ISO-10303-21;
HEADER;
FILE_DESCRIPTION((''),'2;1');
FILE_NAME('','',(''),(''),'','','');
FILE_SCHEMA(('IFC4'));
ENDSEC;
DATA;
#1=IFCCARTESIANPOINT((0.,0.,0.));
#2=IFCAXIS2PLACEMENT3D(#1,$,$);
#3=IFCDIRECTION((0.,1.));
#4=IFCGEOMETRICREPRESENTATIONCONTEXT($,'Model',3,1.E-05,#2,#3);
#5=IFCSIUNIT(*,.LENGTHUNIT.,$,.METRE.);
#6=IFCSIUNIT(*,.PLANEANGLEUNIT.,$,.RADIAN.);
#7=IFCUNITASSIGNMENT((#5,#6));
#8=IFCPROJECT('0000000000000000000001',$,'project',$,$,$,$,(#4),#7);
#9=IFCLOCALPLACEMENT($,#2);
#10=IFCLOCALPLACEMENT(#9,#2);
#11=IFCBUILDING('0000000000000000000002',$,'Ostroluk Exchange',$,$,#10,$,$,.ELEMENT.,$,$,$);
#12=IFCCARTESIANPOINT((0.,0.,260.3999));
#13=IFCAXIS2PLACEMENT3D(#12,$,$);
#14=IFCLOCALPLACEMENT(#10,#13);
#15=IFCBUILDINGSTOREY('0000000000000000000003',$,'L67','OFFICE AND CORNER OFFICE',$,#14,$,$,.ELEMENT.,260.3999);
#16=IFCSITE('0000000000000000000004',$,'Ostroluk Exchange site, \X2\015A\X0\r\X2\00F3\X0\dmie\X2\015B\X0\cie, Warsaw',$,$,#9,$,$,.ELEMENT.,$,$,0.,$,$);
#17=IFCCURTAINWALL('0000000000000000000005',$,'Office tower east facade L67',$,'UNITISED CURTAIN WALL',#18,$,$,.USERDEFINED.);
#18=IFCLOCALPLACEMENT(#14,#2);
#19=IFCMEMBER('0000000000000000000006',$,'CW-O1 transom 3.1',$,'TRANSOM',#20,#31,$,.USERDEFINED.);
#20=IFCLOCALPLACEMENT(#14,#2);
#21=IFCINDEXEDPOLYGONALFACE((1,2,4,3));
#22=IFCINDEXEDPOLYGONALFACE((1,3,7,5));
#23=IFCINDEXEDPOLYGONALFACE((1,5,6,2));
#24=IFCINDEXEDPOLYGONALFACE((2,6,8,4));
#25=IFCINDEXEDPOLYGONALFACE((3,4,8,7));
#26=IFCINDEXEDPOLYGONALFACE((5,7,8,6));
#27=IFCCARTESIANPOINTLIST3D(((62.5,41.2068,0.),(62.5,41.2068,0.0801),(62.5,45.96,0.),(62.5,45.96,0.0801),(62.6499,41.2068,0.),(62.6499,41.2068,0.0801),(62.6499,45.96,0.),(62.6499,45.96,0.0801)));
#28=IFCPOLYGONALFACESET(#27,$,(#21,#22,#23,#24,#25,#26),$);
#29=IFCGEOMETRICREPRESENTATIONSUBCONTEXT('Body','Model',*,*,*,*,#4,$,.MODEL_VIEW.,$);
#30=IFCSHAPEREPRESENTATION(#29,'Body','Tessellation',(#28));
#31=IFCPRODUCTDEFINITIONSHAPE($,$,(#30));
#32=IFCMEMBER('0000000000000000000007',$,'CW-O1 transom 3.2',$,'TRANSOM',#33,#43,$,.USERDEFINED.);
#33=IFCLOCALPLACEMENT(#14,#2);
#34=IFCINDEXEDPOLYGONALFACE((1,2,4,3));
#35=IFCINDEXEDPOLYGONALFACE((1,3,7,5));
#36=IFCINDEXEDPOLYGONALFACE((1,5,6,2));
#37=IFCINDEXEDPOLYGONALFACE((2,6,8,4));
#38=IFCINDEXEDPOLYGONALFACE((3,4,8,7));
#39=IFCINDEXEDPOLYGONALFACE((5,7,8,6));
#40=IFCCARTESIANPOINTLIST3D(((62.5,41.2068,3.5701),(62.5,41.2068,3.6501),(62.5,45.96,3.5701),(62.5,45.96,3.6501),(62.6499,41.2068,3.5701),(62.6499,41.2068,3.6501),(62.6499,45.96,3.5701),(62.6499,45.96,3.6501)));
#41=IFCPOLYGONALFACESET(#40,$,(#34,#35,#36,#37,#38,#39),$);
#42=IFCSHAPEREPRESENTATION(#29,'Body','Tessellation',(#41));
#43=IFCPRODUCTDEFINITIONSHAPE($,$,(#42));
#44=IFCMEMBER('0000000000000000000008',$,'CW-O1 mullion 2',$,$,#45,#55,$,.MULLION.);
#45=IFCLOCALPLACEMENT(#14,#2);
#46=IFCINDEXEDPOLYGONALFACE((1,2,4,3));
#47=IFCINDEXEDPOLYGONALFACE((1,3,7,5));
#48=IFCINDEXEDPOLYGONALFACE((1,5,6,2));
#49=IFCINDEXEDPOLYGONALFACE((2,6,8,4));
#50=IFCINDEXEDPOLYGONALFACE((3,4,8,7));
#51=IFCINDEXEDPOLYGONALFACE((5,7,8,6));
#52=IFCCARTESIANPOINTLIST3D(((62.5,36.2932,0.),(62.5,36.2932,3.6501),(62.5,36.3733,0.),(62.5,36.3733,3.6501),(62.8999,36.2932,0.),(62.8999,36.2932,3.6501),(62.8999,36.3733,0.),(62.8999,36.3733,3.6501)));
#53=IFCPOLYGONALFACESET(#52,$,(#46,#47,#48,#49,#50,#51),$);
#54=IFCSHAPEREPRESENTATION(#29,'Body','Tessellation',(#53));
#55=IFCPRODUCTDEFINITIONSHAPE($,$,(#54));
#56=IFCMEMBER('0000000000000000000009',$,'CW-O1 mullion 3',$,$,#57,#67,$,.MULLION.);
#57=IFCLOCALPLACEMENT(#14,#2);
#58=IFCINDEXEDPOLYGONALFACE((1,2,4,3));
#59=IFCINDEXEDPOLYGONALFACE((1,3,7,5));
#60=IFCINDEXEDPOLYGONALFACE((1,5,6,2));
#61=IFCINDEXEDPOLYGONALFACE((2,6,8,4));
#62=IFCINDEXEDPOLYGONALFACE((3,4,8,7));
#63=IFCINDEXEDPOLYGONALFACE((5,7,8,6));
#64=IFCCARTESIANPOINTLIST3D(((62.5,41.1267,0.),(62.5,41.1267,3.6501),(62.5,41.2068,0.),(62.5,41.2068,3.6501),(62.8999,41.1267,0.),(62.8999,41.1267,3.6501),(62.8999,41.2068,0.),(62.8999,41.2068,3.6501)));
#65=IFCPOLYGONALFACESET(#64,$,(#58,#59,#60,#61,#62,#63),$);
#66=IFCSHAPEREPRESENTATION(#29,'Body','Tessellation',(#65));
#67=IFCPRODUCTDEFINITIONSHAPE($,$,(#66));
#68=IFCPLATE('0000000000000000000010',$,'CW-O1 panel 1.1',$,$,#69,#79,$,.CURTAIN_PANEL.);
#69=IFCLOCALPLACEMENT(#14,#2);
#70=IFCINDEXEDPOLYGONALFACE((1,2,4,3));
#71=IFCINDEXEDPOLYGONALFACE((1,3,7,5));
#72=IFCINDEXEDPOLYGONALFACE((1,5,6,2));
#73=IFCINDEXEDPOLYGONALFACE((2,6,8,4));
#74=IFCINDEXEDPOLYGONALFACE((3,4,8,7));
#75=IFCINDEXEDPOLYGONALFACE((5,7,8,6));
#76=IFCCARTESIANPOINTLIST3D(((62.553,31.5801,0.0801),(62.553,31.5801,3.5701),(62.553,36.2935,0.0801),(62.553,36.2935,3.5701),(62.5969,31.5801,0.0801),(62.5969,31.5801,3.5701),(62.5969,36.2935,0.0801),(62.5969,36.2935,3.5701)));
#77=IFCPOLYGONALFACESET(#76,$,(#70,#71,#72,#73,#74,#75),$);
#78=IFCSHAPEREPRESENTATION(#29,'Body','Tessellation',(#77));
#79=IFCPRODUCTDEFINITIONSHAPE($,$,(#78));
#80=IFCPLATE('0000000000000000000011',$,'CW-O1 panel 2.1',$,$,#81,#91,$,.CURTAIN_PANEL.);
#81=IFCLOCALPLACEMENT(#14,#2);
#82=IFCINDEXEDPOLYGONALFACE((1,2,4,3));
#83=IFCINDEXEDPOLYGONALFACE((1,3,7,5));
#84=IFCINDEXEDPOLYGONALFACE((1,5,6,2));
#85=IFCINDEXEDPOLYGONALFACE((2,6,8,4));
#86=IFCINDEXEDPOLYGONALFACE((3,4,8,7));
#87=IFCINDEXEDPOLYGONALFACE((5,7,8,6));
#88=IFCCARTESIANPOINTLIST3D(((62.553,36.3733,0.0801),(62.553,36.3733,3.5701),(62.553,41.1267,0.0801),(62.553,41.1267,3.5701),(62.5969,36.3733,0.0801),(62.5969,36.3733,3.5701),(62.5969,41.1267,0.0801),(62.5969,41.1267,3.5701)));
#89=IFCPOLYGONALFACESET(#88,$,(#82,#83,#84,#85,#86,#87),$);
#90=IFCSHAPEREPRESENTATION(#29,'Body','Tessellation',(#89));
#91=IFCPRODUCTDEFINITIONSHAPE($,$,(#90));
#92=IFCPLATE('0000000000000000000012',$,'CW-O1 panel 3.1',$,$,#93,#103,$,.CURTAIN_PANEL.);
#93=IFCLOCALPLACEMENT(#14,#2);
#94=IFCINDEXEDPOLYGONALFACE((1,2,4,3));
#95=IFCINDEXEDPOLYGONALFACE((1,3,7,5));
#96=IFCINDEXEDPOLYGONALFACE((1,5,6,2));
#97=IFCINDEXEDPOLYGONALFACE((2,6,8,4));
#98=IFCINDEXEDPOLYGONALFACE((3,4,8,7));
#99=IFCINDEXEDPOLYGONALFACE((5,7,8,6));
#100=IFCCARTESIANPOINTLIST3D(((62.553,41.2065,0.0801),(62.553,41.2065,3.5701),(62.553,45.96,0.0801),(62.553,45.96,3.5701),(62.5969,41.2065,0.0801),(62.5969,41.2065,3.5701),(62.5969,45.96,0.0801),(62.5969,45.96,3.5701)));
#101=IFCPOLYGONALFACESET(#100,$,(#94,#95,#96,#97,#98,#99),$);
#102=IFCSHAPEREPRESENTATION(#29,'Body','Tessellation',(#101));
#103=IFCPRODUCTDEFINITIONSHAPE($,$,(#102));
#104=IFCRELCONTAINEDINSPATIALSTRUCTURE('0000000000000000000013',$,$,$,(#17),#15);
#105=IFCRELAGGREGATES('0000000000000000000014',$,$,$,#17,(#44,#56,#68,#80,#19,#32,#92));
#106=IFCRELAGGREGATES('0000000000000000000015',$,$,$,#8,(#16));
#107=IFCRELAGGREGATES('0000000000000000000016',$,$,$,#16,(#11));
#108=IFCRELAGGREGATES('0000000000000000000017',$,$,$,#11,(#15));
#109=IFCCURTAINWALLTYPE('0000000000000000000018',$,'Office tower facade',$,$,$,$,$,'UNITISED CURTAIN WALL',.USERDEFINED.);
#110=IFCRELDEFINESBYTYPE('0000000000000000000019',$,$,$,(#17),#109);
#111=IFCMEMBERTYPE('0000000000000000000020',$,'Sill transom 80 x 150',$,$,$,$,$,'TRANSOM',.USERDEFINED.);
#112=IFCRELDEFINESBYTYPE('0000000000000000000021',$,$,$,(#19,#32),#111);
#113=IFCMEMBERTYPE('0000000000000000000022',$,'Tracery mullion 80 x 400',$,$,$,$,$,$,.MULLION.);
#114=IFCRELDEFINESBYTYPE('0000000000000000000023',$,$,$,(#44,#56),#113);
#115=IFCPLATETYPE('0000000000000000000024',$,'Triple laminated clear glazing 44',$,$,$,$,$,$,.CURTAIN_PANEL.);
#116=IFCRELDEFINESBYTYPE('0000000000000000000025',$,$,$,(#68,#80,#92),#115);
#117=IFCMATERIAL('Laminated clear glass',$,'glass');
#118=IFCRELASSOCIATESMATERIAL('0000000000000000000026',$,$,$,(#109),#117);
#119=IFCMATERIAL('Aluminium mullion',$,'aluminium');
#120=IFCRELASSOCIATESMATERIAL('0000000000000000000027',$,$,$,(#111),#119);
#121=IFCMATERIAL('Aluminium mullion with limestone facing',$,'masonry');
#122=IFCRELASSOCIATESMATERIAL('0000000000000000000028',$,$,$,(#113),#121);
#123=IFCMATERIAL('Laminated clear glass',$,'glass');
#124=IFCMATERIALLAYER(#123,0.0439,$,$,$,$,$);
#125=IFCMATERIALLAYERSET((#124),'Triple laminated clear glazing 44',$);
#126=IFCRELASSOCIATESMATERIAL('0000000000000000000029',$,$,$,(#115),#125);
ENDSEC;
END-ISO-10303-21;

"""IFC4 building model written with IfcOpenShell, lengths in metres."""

from ifc_helpers import new_model, si_unit, direction, frame, origin, origin_2d, place, context, subcontext, project, spatial, rectangle, extrude, material, layer, layer_set, material_profile, profile_set, type_object, element, aggregate, save


model = new_model("IFC4")

# Units and contexts
model_context = context("Model", 3, precision=1e-05, world=origin(), true_north=direction((0.0, 1.0)))
body_context = subcontext(model_context, "Body", "Model", "MODEL_VIEW")
ifc_project = project(units=[si_unit("LENGTHUNIT", "METRE"), si_unit("PLANEANGLEUNIT", "RADIAN")], contexts=[model_context])

# Site, building, storey
site_placement = place(None, origin())
site = spatial("IfcSite", under=ifc_project, at=site_placement, Name="Ostroluk Exchange site, Śródmieście, Warsaw", CompositionType="ELEMENT", RefElevation=0.0)
building_placement = place(site_placement, origin())
building = spatial("IfcBuilding", under=site, at=building_placement, Name="Ostroluk Exchange", CompositionType="ELEMENT")
storey_placement = place(building_placement, frame((0.0, 0.0, 260.3999)))
storey = spatial("IfcBuildingStorey", under=building, at=storey_placement, Name="L67", Description="OFFICE AND CORNER OFFICE", CompositionType="ELEMENT", Elevation=260.3999)

# Curtain wall, members, plates
ifc_material_1 = material(Name="Laminated clear glass", Category="glass")
curtain_wall_type = type_object("IfcCurtainWallType", Name="Office tower facade", ElementType="UNITISED CURTAIN WALL", PredefinedType="USERDEFINED", material=ifc_material_1)
curtain_wall_placement = place(storey_placement, origin())
curtain_wall = element("IfcCurtainWall", 1, at=curtain_wall_placement, inside=storey, type_object=curtain_wall_type, Name="Office tower east facade L67", ObjectType="UNITISED CURTAIN WALL", PredefinedType="USERDEFINED")
ifc_material_2 = material(Name="Aluminium mullion", Category="aluminium")
ifc_material_profile_1 = material_profile(ifc_material_2, rectangle(XDim=0.1499, YDim=0.0801, at=origin_2d()), Name="Sill transom 80 x 150")
ifc_profile_set_1 = profile_set([ifc_material_profile_1], Name="Aluminium mullion")
member_type_1 = type_object("IfcMemberType", Name="Sill transom 80 x 150", ElementType="TRANSOM", PredefinedType="USERDEFINED", material=ifc_profile_set_1)
member_1_placement = place(storey_placement, frame((62.575, 41.2068, 0.04), z_axis=(0.0, 1.0, 0.0), x_axis=(-1.0, 0.0, 0.0)))
member_1 = element("IfcMember", 2, at=member_1_placement, type_object=member_type_1, Name="CW-O1 transom 3.1", ObjectType="TRANSOM", PredefinedType="USERDEFINED", context=body_context, shape_type="SweptSolid", body=[
    extrude(rectangle(XDim=0.1499, YDim=0.0801, at=origin_2d()), origin(), (0.0, 0.0, 1.0), 4.7532),
])
member_2_placement = place(storey_placement, frame((62.575, 41.2068, 3.6101), z_axis=(0.0, 1.0, 0.0), x_axis=(-1.0, 0.0, 0.0)))
member_2 = element("IfcMember", 3, at=member_2_placement, type_object=member_type_1, Name="CW-O1 transom 3.2", ObjectType="TRANSOM", PredefinedType="USERDEFINED", context=body_context, shape_type="SweptSolid", body=[
    extrude(rectangle(XDim=0.1499, YDim=0.0801, at=origin_2d()), origin(), (0.0, 0.0, 1.0), 4.7532),
])
ifc_material_3 = material(Name="Aluminium mullion with limestone facing", Category="masonry")
ifc_material_profile_2 = material_profile(ifc_material_3, rectangle(XDim=0.3999, YDim=0.0801, at=origin_2d()), Name="Tracery mullion 80 x 400")
ifc_profile_set_2 = profile_set([ifc_material_profile_2], Name="Aluminium mullion with limestone facing")
member_type_2 = type_object("IfcMemberType", Name="Tracery mullion 80 x 400", PredefinedType="MULLION", material=ifc_profile_set_2)
member_3_placement = place(storey_placement, frame((62.7, 36.3333, 0.0), z_axis=(0.0, 0.0, 1.0), x_axis=(-1.0, 0.0, 0.0)))
member_3 = element("IfcMember", 4, at=member_3_placement, type_object=member_type_2, Name="CW-O1 mullion 2", PredefinedType="MULLION", context=body_context, shape_type="SweptSolid", body=[
    extrude(rectangle(XDim=0.3999, YDim=0.0801, at=origin_2d()), origin(), (0.0, 0.0, 1.0), 3.6501),
])
member_4_placement = place(storey_placement, frame((62.7, 41.1667, 0.0), z_axis=(0.0, 0.0, 1.0), x_axis=(-1.0, 0.0, 0.0)))
member_4 = element("IfcMember", 5, at=member_4_placement, type_object=member_type_2, Name="CW-O1 mullion 3", PredefinedType="MULLION", context=body_context, shape_type="SweptSolid", body=[
    extrude(rectangle(XDim=0.3999, YDim=0.0801, at=origin_2d()), origin(), (0.0, 0.0, 1.0), 3.6501),
])
ifc_material_4 = material(Name="Laminated clear glass", Category="glass")
ifc_layer_1 = layer(ifc_material_4, 0.0439)
ifc_layer_set_1 = layer_set([ifc_layer_1], Name="Triple laminated clear glazing 44")
plate_type = type_object("IfcPlateType", Name="Triple laminated clear glazing 44", PredefinedType="CURTAIN_PANEL", material=ifc_layer_set_1)
plate_1_placement = place(storey_placement, frame((62.575, 33.9368, 0.0801), z_axis=(0.0, 0.0, 1.0), x_axis=(0.0, 1.0, 0.0)))
plate_1 = element("IfcPlate", 6, at=plate_1_placement, type_object=plate_type, Name="CW-O1 panel 1.1", PredefinedType="CURTAIN_PANEL", context=body_context, shape_type="SweptSolid", body=[
    extrude(rectangle(XDim=4.7134, YDim=0.0439, at=origin_2d()), origin(), (0.0, 0.0, 1.0), 3.49),
])
plate_2_placement = place(storey_placement, frame((62.575, 38.75, 0.0801), z_axis=(0.0, 0.0, 1.0), x_axis=(0.0, 1.0, 0.0)))
plate_2 = element("IfcPlate", 7, at=plate_2_placement, type_object=plate_type, Name="CW-O1 panel 2.1", PredefinedType="CURTAIN_PANEL", context=body_context, shape_type="SweptSolid", body=[
    extrude(rectangle(XDim=4.7534, YDim=0.0439, at=origin_2d()), origin(), (0.0, 0.0, 1.0), 3.49),
])
plate_3_placement = place(storey_placement, frame((62.575, 43.5833, 0.0801), z_axis=(0.0, 0.0, 1.0), x_axis=(0.0, 1.0, 0.0)))
plate_3 = element("IfcPlate", 8, at=plate_3_placement, type_object=plate_type, Name="CW-O1 panel 3.1", PredefinedType="CURTAIN_PANEL", context=body_context, shape_type="SweptSolid", body=[
    extrude(rectangle(XDim=4.7534, YDim=0.0439, at=origin_2d()), origin(), (0.0, 0.0, 1.0), 3.49),
])
aggregate(curtain_wall, [member_3, member_4, plate_1, plate_2, member_1, member_2, plate_3])

save(model, "model.ifc")
